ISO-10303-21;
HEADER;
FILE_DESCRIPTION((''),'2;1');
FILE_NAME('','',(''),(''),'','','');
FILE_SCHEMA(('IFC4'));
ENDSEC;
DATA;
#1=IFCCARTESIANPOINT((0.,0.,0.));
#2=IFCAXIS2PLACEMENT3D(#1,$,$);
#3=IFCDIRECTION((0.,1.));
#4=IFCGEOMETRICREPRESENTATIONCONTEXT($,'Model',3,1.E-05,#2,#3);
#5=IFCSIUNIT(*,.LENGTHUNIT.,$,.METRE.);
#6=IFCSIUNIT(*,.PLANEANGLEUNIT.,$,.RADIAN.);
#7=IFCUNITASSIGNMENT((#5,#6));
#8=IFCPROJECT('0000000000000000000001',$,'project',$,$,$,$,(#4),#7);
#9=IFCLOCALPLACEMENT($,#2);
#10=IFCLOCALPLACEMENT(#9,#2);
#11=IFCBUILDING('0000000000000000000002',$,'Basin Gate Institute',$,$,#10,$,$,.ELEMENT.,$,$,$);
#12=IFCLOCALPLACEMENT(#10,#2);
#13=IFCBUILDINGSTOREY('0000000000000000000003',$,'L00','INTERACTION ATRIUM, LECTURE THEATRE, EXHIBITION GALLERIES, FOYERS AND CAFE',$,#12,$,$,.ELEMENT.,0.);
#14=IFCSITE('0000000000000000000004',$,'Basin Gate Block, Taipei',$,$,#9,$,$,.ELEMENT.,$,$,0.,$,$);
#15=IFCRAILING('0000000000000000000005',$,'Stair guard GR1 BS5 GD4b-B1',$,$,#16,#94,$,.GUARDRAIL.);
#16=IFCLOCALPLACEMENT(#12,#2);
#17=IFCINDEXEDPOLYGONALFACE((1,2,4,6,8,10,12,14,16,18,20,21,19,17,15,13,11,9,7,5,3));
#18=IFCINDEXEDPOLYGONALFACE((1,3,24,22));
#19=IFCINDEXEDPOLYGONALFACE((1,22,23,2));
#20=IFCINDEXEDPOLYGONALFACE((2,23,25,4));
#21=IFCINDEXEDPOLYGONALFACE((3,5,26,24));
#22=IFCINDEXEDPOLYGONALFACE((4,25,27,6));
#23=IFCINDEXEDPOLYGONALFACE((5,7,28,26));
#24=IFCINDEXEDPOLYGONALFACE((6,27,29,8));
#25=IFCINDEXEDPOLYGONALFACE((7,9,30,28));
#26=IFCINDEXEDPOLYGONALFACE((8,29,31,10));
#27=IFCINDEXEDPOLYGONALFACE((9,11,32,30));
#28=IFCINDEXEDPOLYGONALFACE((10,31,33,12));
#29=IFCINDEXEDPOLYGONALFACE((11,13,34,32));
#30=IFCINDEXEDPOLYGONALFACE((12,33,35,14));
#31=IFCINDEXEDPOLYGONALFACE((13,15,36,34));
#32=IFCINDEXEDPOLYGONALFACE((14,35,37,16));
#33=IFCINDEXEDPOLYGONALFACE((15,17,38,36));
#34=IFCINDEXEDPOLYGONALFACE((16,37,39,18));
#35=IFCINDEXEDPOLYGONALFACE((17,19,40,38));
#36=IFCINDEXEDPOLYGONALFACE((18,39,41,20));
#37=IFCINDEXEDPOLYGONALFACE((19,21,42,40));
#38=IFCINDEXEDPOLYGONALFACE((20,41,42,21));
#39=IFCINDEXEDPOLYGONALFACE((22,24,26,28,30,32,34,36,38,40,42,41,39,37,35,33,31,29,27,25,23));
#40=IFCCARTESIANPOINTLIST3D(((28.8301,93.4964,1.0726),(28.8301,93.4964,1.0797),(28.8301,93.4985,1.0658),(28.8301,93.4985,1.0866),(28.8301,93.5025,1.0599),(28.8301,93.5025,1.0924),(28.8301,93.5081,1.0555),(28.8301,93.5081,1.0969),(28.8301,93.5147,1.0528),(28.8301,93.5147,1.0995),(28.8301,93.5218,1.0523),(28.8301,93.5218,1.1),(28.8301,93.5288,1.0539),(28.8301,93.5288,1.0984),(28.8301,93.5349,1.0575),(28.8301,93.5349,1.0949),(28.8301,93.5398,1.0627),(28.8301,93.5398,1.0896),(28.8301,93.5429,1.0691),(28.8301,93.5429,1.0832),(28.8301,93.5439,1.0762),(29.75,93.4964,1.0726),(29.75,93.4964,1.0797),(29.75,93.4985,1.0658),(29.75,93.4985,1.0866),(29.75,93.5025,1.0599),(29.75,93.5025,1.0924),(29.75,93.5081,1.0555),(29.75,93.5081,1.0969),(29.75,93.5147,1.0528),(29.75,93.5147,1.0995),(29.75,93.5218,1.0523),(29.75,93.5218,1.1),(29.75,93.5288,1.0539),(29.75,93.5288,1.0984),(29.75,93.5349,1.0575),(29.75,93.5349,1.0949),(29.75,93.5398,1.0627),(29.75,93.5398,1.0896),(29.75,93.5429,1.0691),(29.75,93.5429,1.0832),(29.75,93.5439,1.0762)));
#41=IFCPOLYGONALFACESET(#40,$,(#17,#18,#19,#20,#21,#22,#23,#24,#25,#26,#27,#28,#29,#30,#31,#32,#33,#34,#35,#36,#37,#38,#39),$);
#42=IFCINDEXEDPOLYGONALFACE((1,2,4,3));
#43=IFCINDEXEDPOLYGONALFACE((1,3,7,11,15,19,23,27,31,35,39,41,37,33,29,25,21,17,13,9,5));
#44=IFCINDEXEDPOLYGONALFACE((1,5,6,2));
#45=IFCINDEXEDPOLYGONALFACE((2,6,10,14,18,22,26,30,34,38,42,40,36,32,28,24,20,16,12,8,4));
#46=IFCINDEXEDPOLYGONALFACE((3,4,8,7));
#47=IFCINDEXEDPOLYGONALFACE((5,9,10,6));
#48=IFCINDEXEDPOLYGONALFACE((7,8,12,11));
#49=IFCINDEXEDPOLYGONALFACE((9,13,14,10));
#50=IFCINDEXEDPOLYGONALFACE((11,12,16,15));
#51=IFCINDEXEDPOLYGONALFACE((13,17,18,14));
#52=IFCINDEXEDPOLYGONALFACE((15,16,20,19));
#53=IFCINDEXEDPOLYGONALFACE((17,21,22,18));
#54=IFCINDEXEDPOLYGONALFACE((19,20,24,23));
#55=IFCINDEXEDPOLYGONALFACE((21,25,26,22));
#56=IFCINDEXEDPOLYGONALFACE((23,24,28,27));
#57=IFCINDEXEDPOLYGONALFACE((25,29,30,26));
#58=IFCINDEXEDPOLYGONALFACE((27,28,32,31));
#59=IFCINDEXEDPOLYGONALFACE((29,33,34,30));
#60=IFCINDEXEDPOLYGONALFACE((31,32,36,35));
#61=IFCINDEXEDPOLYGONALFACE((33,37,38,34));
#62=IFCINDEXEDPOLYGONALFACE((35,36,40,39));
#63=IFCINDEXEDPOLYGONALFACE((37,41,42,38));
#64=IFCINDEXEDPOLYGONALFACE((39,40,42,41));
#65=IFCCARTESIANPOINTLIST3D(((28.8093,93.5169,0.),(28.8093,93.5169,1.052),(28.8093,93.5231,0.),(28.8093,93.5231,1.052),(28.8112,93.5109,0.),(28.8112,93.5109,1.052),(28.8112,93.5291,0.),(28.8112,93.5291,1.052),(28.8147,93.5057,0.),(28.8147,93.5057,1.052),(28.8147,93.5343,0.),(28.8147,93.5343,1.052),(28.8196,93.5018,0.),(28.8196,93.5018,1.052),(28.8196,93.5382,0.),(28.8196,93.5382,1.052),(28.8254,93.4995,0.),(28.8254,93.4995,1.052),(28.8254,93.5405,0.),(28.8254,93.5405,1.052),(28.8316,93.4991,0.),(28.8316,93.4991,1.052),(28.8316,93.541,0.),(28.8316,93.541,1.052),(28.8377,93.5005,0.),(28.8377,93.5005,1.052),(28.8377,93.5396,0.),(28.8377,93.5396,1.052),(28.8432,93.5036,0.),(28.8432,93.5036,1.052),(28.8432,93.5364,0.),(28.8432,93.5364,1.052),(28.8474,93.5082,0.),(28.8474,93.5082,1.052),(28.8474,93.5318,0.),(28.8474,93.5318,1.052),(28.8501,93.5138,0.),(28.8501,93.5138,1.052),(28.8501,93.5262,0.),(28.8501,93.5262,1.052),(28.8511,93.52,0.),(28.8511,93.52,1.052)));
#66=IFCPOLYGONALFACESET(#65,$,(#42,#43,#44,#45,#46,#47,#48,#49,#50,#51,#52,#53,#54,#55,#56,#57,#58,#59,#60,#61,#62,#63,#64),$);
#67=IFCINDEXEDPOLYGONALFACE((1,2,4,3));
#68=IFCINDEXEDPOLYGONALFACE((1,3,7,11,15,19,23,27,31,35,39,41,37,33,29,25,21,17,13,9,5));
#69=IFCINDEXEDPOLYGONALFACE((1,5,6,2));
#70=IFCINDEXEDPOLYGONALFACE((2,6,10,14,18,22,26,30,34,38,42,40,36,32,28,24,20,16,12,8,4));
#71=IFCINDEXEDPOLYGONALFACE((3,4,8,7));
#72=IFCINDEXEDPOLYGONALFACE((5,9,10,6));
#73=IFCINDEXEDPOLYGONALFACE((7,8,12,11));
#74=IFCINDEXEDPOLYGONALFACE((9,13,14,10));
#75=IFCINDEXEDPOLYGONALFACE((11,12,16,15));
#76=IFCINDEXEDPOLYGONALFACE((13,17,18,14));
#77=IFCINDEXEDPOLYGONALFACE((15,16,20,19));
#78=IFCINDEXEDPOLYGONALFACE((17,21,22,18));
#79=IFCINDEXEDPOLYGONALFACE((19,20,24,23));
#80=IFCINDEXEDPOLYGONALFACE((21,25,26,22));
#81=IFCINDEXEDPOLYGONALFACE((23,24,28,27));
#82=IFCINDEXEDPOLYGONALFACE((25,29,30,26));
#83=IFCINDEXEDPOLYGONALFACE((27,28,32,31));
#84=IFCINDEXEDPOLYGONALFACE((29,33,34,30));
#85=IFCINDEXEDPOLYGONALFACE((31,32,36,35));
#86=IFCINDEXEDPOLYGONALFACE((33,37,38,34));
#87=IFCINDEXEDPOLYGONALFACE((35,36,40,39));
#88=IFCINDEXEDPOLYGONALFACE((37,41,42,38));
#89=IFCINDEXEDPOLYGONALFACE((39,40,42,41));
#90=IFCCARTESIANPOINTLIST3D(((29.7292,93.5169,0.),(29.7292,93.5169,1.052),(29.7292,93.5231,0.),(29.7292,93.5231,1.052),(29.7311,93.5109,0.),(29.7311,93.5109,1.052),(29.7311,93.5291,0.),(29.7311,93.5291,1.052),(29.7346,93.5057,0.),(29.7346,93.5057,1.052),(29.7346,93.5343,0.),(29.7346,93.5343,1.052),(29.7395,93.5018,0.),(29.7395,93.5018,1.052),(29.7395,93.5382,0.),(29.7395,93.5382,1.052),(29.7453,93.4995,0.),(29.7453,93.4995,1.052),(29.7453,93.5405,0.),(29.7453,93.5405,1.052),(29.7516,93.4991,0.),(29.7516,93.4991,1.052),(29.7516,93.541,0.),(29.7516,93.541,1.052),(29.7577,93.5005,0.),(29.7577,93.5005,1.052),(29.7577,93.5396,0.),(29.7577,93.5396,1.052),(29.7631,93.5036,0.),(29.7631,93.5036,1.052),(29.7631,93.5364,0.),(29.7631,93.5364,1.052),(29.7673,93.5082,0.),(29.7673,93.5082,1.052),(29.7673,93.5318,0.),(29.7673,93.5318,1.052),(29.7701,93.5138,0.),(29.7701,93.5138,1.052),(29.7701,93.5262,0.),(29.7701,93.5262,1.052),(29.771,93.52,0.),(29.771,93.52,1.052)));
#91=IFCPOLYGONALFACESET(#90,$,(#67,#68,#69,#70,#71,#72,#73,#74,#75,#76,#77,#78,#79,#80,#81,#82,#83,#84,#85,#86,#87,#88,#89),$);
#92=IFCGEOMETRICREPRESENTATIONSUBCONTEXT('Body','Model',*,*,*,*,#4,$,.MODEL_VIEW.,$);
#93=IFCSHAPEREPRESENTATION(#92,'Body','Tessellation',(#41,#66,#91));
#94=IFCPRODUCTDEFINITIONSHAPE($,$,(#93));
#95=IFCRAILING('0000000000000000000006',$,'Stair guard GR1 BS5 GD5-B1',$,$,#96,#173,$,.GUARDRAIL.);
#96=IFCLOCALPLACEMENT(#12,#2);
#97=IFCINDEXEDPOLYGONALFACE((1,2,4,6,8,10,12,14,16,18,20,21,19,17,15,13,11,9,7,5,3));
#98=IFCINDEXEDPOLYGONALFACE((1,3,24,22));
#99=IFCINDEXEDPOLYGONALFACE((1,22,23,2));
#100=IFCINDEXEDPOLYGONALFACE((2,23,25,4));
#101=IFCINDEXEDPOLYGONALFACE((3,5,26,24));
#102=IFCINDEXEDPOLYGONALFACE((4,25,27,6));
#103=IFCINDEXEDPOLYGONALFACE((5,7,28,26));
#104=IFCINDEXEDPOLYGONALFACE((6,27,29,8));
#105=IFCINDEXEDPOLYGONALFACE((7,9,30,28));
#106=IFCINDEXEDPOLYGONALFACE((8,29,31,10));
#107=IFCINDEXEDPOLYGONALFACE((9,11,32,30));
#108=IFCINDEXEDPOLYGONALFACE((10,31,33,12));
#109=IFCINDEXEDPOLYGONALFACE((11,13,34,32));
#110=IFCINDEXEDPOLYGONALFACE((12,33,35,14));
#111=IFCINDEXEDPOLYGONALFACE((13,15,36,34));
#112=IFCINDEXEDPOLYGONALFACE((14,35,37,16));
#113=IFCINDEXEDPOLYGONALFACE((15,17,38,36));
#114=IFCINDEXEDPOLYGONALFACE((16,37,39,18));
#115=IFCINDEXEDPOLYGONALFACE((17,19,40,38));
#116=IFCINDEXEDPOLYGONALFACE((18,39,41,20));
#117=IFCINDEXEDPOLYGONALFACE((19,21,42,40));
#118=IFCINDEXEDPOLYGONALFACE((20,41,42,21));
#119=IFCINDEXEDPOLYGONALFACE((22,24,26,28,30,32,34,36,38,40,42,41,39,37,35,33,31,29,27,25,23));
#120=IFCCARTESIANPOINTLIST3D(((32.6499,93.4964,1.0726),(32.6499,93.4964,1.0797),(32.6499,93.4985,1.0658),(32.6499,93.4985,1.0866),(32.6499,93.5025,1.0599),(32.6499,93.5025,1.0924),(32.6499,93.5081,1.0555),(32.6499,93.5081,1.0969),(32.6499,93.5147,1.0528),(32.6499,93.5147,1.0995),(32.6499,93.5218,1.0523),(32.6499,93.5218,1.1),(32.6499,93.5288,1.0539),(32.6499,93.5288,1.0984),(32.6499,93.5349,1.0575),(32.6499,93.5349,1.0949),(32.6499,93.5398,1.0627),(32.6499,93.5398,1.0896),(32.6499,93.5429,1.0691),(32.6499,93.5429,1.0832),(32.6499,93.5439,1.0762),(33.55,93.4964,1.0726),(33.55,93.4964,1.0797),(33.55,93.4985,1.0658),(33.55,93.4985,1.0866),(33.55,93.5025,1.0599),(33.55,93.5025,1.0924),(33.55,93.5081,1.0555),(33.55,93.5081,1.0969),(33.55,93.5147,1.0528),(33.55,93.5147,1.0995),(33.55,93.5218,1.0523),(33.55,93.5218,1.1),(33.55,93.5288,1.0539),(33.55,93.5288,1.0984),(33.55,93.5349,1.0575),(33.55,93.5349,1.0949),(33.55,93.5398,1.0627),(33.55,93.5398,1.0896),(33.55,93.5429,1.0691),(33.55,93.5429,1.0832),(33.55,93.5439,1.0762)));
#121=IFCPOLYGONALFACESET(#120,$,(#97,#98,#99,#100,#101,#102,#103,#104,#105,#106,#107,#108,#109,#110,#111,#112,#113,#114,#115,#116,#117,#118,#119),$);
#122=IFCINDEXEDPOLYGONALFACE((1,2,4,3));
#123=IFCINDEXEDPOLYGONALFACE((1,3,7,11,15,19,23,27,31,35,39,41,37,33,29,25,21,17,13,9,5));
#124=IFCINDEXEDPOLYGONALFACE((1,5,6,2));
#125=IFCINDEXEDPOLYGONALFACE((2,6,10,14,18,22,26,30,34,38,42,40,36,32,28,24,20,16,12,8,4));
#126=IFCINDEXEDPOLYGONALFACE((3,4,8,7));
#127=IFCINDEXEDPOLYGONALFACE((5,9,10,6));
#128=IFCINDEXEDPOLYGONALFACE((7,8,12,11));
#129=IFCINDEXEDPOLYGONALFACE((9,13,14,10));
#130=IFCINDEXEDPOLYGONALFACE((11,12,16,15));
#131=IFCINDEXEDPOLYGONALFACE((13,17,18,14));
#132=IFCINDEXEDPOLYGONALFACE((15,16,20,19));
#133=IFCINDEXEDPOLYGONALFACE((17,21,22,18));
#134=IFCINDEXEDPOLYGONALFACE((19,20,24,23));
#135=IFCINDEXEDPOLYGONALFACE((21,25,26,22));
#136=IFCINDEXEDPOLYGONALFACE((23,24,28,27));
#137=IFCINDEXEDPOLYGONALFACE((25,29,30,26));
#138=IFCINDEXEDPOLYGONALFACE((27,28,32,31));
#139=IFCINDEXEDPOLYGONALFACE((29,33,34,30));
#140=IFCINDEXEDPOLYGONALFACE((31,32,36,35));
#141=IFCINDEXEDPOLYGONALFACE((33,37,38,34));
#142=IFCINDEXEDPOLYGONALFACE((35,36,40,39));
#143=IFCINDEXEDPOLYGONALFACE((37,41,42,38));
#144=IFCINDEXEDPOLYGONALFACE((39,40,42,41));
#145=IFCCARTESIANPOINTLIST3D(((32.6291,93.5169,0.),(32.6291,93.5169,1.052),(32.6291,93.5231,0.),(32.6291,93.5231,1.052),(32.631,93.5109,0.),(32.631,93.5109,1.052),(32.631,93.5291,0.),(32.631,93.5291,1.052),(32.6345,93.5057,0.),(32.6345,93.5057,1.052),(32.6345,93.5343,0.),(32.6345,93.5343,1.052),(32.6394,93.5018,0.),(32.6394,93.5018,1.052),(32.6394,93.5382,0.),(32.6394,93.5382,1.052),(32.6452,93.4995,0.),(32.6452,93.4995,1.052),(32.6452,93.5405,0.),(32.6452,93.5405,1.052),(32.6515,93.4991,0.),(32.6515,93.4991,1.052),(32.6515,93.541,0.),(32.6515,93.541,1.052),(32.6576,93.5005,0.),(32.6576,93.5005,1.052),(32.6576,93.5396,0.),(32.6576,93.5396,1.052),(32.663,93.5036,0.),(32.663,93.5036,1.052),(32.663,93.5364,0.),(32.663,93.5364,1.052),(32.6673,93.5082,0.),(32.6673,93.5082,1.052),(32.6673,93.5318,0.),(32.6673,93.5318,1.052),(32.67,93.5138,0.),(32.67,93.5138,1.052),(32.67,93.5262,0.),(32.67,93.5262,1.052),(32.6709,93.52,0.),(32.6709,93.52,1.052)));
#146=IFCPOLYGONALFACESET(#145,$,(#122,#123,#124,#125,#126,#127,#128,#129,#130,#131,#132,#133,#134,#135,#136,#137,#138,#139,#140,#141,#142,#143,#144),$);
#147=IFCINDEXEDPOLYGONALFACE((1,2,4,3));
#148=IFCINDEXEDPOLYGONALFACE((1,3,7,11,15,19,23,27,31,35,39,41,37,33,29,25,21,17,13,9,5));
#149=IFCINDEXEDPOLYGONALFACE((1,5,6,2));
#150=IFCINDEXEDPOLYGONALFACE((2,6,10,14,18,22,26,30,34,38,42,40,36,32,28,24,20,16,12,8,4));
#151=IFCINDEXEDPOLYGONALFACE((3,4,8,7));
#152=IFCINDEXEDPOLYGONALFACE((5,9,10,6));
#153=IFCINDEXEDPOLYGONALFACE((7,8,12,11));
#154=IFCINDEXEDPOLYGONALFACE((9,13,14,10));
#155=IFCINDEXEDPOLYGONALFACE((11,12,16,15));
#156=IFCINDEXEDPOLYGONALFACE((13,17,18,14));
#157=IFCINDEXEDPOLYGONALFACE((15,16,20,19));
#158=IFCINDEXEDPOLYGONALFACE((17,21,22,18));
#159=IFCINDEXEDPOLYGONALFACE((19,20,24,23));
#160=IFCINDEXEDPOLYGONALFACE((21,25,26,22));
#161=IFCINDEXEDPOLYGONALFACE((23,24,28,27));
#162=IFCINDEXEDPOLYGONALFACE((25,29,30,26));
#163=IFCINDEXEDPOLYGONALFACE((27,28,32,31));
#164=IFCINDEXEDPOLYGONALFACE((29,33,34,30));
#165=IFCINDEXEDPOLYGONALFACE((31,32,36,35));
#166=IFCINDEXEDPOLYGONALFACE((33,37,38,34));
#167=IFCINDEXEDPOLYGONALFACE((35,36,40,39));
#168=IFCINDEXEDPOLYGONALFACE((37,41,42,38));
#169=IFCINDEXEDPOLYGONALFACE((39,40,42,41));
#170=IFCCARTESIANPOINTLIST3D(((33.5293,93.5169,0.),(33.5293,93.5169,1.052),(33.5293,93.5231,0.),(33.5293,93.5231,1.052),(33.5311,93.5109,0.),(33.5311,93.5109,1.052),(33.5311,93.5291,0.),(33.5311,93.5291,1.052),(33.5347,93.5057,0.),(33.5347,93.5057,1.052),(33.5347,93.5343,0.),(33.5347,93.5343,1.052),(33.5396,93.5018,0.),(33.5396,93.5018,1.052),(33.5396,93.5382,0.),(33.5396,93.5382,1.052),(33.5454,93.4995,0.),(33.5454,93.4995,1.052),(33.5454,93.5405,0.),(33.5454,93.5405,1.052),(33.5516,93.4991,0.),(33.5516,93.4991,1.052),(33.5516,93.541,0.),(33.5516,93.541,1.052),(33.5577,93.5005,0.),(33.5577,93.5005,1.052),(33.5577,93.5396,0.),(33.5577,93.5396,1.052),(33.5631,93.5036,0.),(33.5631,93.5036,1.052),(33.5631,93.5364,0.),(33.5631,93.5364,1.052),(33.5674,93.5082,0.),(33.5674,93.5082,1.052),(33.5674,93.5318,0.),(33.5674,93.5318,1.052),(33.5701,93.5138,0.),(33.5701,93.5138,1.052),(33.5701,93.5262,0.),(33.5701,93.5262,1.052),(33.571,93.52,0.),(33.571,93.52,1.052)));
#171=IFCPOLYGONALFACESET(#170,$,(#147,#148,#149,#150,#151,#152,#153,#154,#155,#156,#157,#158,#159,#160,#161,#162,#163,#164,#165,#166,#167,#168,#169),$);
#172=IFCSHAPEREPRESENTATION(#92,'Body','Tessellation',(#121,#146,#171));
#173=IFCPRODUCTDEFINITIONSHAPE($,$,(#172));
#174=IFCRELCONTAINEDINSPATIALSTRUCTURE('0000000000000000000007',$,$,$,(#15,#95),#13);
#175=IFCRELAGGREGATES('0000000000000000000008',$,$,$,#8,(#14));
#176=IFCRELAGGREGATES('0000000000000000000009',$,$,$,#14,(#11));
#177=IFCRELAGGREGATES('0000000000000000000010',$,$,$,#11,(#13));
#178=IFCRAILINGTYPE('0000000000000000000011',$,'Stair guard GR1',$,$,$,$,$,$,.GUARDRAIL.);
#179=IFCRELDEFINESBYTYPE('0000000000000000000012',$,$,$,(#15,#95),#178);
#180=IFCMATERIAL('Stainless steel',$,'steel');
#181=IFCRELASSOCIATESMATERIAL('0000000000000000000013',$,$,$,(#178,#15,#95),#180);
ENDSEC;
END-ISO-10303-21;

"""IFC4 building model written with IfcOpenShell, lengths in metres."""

from ifc_helpers import new_model, si_unit, direction, frame, origin, origin_2d, place, context, subcontext, project, spatial, circle, extrude, material, type_object, element, save


model = new_model("IFC4")

# Units and contexts
model_context = context("Model", 3, precision=1e-05, world=origin(), true_north=direction((0.0, 1.0)))
body_context = subcontext(model_context, "Body", "Model", "MODEL_VIEW")
ifc_project = project(units=[si_unit("LENGTHUNIT", "METRE"), si_unit("PLANEANGLEUNIT", "RADIAN")], contexts=[model_context])

# Site, building, storey
site_placement = place(None, origin())
site = spatial("IfcSite", under=ifc_project, at=site_placement, Name="Basin Gate Block, Taipei", CompositionType="ELEMENT", RefElevation=0.0)
building_placement = place(site_placement, origin())
building = spatial("IfcBuilding", under=site, at=building_placement, Name="Basin Gate Institute", CompositionType="ELEMENT")
storey_placement = place(building_placement, origin())
storey = spatial("IfcBuildingStorey", under=building, at=storey_placement, Name="L00", Description="INTERACTION ATRIUM, LECTURE THEATRE, EXHIBITION GALLERIES, FOYERS AND CAFE", CompositionType="ELEMENT", Elevation=0.0)

# Railings
ifc_material_1 = material(Name="Stainless steel", Category="steel")
railing_type = type_object("IfcRailingType", Name="Stair guard GR1", PredefinedType="GUARDRAIL", material=ifc_material_1)
railing_1_placement = place(storey_placement, frame((28.8301, 93.52, 0.0)))
element("IfcRailing", 1, at=railing_1_placement, inside=storey, type_object=railing_type, material=ifc_material_1, Name="Stair guard GR1 BS5 GD4b-B1", PredefinedType="GUARDRAIL", context=body_context, shape_type="SweptSolid", body=[
    extrude(circle(Radius=0.0239, at=origin_2d()), frame((0.0, 0.0, 1.0762), z_axis=(1.0, 0.0, 0.0), x_axis=(0.0, 1.0, 0.0)), (0.0, 0.0, 1.0), 0.9199),
    extrude(circle(Radius=0.021, at=origin_2d()), origin(), (0.0, 0.0, 1.0), 1.052),
    extrude(circle(Radius=0.021, at=origin_2d()), frame((0.9199, 0.0, 0.0)), (0.0, 0.0, 1.0), 1.052),
])
railing_2_placement = place(storey_placement, frame((32.6499, 93.52, 0.0)))
element("IfcRailing", 2, at=railing_2_placement, inside=storey, type_object=railing_type, material=ifc_material_1, Name="Stair guard GR1 BS5 GD5-B1", PredefinedType="GUARDRAIL", context=body_context, shape_type="SweptSolid", body=[
    extrude(circle(Radius=0.0239, at=origin_2d()), frame((0.0, 0.0, 1.0762), z_axis=(1.0, 0.0, 0.0), x_axis=(0.0, 1.0, 0.0)), (0.0, 0.0, 1.0), 0.9001),
    extrude(circle(Radius=0.021, at=origin_2d()), origin(), (0.0, 0.0, 1.0), 1.052),
    extrude(circle(Radius=0.021, at=origin_2d()), frame((0.9001, 0.0, 0.0)), (0.0, 0.0, 1.0), 1.052),
])

save(model, "model.ifc")
